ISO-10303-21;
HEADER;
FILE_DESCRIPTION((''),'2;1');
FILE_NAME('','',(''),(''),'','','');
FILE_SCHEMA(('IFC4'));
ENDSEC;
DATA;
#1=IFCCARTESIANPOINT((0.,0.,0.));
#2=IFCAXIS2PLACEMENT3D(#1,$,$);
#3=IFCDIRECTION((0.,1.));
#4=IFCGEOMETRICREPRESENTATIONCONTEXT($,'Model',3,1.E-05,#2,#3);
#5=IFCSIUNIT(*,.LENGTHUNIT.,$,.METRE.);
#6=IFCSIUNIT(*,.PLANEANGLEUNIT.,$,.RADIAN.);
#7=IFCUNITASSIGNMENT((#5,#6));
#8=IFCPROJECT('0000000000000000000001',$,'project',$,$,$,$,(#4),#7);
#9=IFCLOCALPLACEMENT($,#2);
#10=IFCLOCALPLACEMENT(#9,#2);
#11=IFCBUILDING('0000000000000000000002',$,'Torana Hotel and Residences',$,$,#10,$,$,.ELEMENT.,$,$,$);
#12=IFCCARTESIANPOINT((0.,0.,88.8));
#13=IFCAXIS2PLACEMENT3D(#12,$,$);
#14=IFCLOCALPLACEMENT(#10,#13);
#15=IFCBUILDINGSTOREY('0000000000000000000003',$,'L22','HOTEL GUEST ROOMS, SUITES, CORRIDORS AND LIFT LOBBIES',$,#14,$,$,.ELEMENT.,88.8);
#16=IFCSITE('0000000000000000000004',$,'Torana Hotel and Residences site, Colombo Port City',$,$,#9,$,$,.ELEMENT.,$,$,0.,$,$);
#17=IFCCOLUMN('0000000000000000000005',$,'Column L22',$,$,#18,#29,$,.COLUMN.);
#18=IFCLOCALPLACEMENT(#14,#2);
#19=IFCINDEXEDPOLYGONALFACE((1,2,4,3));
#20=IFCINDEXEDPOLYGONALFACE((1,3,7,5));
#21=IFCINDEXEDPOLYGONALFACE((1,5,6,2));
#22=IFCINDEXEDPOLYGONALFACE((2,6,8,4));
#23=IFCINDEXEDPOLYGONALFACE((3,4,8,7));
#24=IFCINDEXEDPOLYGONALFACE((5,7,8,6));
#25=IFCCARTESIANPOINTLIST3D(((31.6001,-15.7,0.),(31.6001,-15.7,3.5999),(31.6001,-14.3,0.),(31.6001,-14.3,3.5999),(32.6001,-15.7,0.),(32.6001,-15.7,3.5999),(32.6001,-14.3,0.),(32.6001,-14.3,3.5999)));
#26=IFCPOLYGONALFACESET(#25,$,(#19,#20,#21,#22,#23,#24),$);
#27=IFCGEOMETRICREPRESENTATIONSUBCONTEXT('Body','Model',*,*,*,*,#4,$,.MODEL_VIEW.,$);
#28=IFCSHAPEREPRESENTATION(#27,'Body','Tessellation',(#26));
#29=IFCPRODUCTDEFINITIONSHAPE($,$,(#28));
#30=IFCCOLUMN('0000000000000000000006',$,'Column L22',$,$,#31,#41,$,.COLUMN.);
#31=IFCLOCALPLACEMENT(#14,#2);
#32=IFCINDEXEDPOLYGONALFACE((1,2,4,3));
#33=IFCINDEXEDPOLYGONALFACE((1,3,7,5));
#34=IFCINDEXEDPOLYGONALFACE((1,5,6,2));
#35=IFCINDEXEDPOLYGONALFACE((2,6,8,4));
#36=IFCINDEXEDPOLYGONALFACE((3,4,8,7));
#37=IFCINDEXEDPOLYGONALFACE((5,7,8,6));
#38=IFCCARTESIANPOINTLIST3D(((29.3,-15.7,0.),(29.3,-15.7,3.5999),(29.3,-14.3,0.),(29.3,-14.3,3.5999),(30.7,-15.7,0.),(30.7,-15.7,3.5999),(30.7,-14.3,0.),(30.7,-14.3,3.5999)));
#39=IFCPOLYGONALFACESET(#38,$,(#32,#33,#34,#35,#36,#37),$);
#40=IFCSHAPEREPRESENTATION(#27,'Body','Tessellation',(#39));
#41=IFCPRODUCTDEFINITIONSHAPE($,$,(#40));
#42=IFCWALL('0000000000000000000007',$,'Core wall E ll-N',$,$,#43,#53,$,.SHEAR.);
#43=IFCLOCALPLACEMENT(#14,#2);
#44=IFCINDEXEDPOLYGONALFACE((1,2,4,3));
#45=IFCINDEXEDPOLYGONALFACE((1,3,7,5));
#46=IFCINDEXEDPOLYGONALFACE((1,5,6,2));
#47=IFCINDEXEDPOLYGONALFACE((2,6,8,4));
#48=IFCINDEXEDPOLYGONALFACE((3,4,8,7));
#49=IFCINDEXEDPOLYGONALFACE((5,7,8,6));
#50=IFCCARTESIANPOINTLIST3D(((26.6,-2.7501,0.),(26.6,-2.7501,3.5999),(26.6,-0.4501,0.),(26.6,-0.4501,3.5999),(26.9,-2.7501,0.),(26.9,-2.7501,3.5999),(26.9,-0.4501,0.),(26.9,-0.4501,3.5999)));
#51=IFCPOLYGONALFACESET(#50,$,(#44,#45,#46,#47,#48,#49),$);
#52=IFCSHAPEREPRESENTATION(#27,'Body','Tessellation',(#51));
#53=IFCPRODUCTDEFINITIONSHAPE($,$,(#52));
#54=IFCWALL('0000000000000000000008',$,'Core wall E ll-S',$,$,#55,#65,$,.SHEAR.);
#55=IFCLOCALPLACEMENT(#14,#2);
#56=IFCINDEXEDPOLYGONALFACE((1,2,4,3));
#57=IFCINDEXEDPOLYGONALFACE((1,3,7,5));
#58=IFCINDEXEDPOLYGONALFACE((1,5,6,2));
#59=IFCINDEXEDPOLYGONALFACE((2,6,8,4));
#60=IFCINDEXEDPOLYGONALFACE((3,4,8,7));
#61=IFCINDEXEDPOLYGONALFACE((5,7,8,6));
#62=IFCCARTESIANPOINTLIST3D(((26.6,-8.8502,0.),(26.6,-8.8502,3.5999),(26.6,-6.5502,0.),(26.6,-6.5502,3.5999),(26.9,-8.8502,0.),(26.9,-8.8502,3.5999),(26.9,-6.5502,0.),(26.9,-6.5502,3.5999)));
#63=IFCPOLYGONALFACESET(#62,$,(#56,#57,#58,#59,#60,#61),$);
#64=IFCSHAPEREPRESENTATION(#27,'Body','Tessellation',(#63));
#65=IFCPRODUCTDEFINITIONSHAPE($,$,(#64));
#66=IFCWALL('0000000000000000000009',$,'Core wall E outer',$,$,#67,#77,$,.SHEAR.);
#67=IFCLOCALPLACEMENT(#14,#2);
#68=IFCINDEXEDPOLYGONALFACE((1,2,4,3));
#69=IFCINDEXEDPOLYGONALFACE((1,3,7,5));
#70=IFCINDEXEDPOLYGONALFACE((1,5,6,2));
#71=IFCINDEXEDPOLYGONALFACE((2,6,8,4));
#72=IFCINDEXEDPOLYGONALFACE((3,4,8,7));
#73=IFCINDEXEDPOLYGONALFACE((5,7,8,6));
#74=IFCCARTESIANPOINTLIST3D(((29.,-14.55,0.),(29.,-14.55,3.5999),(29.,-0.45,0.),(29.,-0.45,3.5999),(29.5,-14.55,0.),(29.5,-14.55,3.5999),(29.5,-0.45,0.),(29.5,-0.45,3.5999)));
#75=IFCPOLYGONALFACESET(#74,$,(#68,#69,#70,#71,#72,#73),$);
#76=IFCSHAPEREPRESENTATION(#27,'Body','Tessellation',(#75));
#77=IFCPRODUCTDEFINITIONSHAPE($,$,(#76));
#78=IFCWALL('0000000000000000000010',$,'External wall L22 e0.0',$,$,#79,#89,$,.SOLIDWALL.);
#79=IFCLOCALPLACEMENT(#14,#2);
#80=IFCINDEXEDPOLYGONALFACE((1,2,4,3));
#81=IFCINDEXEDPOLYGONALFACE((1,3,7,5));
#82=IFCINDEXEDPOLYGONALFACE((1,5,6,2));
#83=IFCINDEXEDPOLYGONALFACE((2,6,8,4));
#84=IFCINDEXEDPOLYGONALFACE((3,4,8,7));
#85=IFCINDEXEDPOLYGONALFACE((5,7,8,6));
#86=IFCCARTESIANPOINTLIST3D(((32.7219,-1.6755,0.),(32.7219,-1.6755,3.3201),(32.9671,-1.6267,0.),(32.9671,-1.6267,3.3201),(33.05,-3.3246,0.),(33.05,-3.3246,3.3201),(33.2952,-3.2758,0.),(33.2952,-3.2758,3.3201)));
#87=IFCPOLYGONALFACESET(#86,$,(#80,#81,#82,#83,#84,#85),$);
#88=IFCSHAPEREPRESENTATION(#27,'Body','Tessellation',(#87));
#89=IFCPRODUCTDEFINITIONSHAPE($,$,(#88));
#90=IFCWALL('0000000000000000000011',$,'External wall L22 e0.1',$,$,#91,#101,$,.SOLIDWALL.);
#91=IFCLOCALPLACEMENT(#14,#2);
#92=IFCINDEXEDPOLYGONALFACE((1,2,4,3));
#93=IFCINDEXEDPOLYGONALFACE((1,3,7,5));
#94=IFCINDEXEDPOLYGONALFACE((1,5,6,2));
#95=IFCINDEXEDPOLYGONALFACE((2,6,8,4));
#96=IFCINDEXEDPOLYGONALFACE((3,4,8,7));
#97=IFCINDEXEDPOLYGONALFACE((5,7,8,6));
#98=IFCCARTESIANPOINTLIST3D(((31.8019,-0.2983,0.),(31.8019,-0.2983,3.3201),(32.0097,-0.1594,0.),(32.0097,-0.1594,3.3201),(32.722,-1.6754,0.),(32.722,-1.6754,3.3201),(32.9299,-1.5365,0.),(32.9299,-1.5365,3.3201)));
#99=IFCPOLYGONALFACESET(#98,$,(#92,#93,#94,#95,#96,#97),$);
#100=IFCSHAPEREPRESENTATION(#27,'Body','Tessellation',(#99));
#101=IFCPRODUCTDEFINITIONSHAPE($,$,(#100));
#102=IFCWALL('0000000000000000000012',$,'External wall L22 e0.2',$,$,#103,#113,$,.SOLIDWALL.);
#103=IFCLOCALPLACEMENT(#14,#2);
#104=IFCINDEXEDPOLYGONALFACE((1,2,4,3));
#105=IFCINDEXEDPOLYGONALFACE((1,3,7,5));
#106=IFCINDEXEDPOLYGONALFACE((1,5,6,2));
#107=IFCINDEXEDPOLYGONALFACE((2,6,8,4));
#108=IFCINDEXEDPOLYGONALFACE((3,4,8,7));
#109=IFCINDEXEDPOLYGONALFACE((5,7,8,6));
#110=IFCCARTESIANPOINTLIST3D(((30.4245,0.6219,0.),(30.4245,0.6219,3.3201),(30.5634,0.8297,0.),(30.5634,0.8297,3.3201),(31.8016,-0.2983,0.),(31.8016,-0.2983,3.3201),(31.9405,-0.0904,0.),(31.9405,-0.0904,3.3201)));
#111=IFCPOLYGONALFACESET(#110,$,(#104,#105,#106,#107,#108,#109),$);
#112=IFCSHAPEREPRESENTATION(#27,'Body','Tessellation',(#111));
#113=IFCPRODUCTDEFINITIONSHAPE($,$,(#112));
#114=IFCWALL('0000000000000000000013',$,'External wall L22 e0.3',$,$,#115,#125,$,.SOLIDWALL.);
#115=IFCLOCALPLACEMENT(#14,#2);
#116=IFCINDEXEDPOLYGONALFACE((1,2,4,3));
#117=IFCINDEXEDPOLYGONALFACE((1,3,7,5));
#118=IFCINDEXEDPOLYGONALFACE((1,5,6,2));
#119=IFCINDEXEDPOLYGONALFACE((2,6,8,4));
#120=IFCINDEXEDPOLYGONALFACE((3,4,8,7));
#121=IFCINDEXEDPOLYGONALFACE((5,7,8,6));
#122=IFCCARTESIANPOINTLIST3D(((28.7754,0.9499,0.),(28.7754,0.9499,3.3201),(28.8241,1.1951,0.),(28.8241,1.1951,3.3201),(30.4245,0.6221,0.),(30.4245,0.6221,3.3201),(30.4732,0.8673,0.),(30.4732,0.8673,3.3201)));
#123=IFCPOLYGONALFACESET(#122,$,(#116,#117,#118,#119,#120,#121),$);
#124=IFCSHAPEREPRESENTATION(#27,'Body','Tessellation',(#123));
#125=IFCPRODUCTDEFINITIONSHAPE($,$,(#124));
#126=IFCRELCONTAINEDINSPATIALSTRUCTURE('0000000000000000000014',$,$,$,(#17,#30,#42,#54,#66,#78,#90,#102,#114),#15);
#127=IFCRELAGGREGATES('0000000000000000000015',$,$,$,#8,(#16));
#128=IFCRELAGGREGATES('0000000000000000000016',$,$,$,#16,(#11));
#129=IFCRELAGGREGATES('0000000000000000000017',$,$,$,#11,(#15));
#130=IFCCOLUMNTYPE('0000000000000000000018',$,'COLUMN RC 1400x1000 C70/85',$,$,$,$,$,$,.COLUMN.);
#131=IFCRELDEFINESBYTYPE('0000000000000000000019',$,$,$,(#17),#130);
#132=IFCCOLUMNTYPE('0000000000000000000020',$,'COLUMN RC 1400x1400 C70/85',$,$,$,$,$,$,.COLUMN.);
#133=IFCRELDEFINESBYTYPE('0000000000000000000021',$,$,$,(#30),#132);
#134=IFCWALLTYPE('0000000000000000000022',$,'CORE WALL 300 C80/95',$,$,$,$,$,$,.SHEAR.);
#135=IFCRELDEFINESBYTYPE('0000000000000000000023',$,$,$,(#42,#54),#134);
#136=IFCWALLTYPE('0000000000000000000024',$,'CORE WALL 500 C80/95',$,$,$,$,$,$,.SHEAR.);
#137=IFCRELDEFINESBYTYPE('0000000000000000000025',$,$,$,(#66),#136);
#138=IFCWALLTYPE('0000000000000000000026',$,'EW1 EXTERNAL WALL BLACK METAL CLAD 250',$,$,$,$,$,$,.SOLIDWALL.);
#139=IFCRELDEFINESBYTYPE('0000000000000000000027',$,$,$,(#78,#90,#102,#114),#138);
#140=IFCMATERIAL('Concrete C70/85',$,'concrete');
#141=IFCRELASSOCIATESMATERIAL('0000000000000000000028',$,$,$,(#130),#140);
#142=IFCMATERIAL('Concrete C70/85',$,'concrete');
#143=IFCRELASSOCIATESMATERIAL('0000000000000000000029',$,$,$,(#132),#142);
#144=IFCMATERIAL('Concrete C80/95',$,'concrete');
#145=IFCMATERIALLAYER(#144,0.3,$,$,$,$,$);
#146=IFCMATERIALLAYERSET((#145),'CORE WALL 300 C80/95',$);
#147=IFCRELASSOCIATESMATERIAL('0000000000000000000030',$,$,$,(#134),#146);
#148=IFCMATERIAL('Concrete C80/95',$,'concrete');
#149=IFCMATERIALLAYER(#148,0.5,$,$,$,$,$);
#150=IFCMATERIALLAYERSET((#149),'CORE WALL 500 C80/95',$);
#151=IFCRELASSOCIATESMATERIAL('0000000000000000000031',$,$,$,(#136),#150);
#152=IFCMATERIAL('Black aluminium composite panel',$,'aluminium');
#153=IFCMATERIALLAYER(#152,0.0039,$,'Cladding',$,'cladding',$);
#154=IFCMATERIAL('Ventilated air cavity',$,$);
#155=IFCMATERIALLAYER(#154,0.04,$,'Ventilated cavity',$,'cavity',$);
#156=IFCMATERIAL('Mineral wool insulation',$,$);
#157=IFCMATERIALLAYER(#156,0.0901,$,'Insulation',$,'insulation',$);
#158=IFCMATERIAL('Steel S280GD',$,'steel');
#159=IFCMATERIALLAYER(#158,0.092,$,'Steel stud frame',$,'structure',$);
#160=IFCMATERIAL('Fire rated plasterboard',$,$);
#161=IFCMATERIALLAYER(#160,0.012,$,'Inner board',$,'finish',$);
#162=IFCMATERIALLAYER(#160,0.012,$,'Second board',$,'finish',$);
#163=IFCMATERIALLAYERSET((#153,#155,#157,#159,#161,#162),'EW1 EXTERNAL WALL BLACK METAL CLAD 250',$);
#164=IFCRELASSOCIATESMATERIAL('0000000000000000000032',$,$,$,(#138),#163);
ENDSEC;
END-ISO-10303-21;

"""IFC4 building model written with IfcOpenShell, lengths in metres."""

from ifc_helpers import new_model, si_unit, direction, frame, frame_2d, origin, origin_2d, place, context, subcontext, project, spatial, rectangle, extrude, material, layer, layer_set, material_profile, profile_set, type_object, element, save


model = new_model("IFC4")

# Units and contexts
model_context = context("Model", 3, precision=1e-05, world=origin(), true_north=direction((0.0, 1.0)))
body_context = subcontext(model_context, "Body", "Model", "MODEL_VIEW")
ifc_project = project(units=[si_unit("LENGTHUNIT", "METRE"), si_unit("PLANEANGLEUNIT", "RADIAN")], contexts=[model_context])

# Site, building, storey
site_placement = place(None, origin())
site = spatial("IfcSite", under=ifc_project, at=site_placement, Name="Torana Hotel and Residences site, Colombo Port City", CompositionType="ELEMENT", RefElevation=0.0)
building_placement = place(site_placement, origin())
building = spatial("IfcBuilding", under=site, at=building_placement, Name="Torana Hotel and Residences", CompositionType="ELEMENT")
storey_placement = place(building_placement, frame((0.0, 0.0, 88.8)))
storey = spatial("IfcBuildingStorey", under=building, at=storey_placement, Name="L22", Description="HOTEL GUEST ROOMS, SUITES, CORRIDORS AND LIFT LOBBIES", CompositionType="ELEMENT", Elevation=88.8)

# Columns
ifc_material_1 = material(Name="Concrete C70/85", Category="concrete")
ifc_material_profile_1 = material_profile(ifc_material_1, rectangle(XDim=1.3999, YDim=1.0, at=origin_2d()), Name="RC 1400x1000")
ifc_profile_set_1 = profile_set([ifc_material_profile_1], Name="Concrete C70/85")
column_type_1 = type_object("IfcColumnType", Name="COLUMN RC 1400x1000 C70/85", PredefinedType="COLUMN", material=ifc_profile_set_1)
column_1_placement = place(storey_placement, frame((32.1001, -15.0, 0.0), z_axis=(0.0, 0.0, 1.0), x_axis=(0.0, 1.0, 0.0)))
element("IfcColumn", 1, at=column_1_placement, inside=storey, type_object=column_type_1, Name="Column L22", PredefinedType="COLUMN", context=body_context, shape_type="SweptSolid", body=[
    extrude(rectangle(XDim=1.3999, YDim=1.0, at=origin_2d()), origin(), (0.0, 0.0, 1.0), 3.5999),
])
ifc_material_2 = material(Name="Concrete C70/85", Category="concrete")
ifc_material_profile_2 = material_profile(ifc_material_2, rectangle(XDim=1.3999, YDim=1.3999, at=origin_2d()), Name="RC 1400x1400")
ifc_profile_set_2 = profile_set([ifc_material_profile_2], Name="Concrete C70/85")
column_type_2 = type_object("IfcColumnType", Name="COLUMN RC 1400x1400 C70/85", PredefinedType="COLUMN", material=ifc_profile_set_2)
column_2_placement = place(storey_placement, frame((30.0, -15.0, 0.0), z_axis=(0.0, 0.0, 1.0), x_axis=(1.0, 0.0, 0.0)))
element("IfcColumn", 2, at=column_2_placement, inside=storey, type_object=column_type_2, Name="Column L22", PredefinedType="COLUMN", context=body_context, shape_type="SweptSolid", body=[
    extrude(rectangle(XDim=1.3999, YDim=1.3999, at=origin_2d()), origin(), (0.0, 0.0, 1.0), 3.5999),
])

# Walls
ifc_material_3 = material(Name="Concrete C80/95", Category="concrete")
ifc_layer_1 = layer(ifc_material_3, 0.3)
ifc_layer_set_1 = layer_set([ifc_layer_1], Name="CORE WALL 300 C80/95")
wall_type_1 = type_object("IfcWallType", Name="CORE WALL 300 C80/95", PredefinedType="SHEAR", material=ifc_layer_set_1)
for number, where, z_axis, x_axis, name in (
    (3, (26.75, -2.75, 0.0), (0.0, 0.0, 1.0), (0.0, 1.0, 0.0), "Core wall E ll-N"),
    (4, (26.75, -8.8501, 0.0), (0.0, 0.0, 1.0), (0.0, 1.0, 0.0), "Core wall E ll-S"),
):
    element("IfcWall", number, at=place(storey_placement, frame(where, z_axis=z_axis, x_axis=x_axis)), inside=storey, type_object=wall_type_1, Name=name, PredefinedType="SHEAR", context=body_context, shape_type="SweptSolid", body=[
        extrude(rectangle(XDim=2.3, YDim=0.3, at=frame_2d((1.1499, 0.0))), origin(), (0.0, 0.0, 1.0), 3.5999),
    ])
ifc_material_4 = material(Name="Concrete C80/95", Category="concrete")
ifc_layer_2 = layer(ifc_material_4, 0.5)
ifc_layer_set_2 = layer_set([ifc_layer_2], Name="CORE WALL 500 C80/95")
wall_type_2 = type_object("IfcWallType", Name="CORE WALL 500 C80/95", PredefinedType="SHEAR", material=ifc_layer_set_2)
wall_1_placement = place(storey_placement, frame((29.25, -14.55, 0.0), z_axis=(0.0, 0.0, 1.0), x_axis=(0.0, 1.0, 0.0)))
element("IfcWall", 5, at=wall_1_placement, inside=storey, type_object=wall_type_2, Name="Core wall E outer", PredefinedType="SHEAR", context=body_context, shape_type="SweptSolid", body=[
    extrude(rectangle(XDim=14.1001, YDim=0.5, at=frame_2d((7.05, 0.0))), origin(), (0.0, 0.0, 1.0), 3.5999),
])
ifc_material_5 = material(Name="Black aluminium composite panel", Category="aluminium")
ifc_layer_3 = layer(ifc_material_5, 0.0039, Name="Cladding", Category="cladding")
ifc_material_6 = material(Name="Ventilated air cavity")
ifc_layer_4 = layer(ifc_material_6, 0.04, Name="Ventilated cavity", Category="cavity")
ifc_material_7 = material(Name="Mineral wool insulation")
ifc_layer_5 = layer(ifc_material_7, 0.0901, Name="Insulation", Category="insulation")
ifc_material_8 = material(Name="Steel S280GD", Category="steel")
ifc_layer_6 = layer(ifc_material_8, 0.092, Name="Steel stud frame", Category="structure")
ifc_material_9 = material(Name="Fire rated plasterboard")
ifc_layer_7 = layer(ifc_material_9, 0.012, Name="Inner board", Category="finish")
ifc_layer_8 = layer(ifc_material_9, 0.012, Name="Second board", Category="finish")
ifc_layer_set_3 = layer_set([ifc_layer_3, ifc_layer_4, ifc_layer_5, ifc_layer_6, ifc_layer_7, ifc_layer_8], Name="EW1 EXTERNAL WALL BLACK METAL CLAD 250")
wall_type_3 = type_object("IfcWallType", Name="EW1 EXTERNAL WALL BLACK METAL CLAD 250", PredefinedType="SOLIDWALL", material=ifc_layer_set_3)
wall_2_placement = place(storey_placement, frame((33.1726, -3.3003, 0.0), z_axis=(0.0, 0.0, 1.0), x_axis=(-0.195139, 0.980776, 0.0)))
element("IfcWall", 6, at=wall_2_placement, inside=storey, type_object=wall_type_3, Name="External wall L22 e0.0", PredefinedType="SOLIDWALL", context=body_context, shape_type="SweptSolid", body=[
    extrude(rectangle(XDim=1.6814, YDim=0.25, at=frame_2d((0.8408, 0.0))), origin(), (0.0, 0.0, 1.0), 3.3201),
])
for number, where, z_axis, x_axis, name in (
    (7, (32.8259, -1.606, 0.0), (0.0, 0.0, 1.0), (-0.55555, 0.831483, 0.0), "External wall L22 e0.1"),
    (8, (31.8711, -0.1943, 0.0), (0.0, 0.0, 1.0), (-0.831483, 0.55555, 0.0), "External wall L22 e0.2"),
):
    element("IfcWall", number, at=place(storey_placement, frame(where, z_axis=z_axis, x_axis=x_axis)), inside=storey, type_object=wall_type_3, Name=name, PredefinedType="SOLIDWALL", context=body_context, shape_type="SweptSolid", body=[
        extrude(rectangle(XDim=1.6562, YDim=0.25, at=frame_2d((0.8281, 0.0))), origin(), (0.0, 0.0, 1.0), 3.3201),
    ])
wall_3_placement = place(storey_placement, frame((30.449, 0.7446, 0.0), z_axis=(0.0, 0.0, 1.0), x_axis=(-0.980803, 0.194999, 0.0)))
element("IfcWall", 9, at=wall_3_placement, inside=storey, type_object=wall_type_3, Name="External wall L22 e0.3", PredefinedType="SOLIDWALL", context=body_context, shape_type="SweptSolid", body=[
    extrude(rectangle(XDim=1.6814, YDim=0.25, at=frame_2d((0.8408, 0.0))), origin(), (0.0, 0.0, 1.0), 3.3201),
])

save(model, "model.ifc")
